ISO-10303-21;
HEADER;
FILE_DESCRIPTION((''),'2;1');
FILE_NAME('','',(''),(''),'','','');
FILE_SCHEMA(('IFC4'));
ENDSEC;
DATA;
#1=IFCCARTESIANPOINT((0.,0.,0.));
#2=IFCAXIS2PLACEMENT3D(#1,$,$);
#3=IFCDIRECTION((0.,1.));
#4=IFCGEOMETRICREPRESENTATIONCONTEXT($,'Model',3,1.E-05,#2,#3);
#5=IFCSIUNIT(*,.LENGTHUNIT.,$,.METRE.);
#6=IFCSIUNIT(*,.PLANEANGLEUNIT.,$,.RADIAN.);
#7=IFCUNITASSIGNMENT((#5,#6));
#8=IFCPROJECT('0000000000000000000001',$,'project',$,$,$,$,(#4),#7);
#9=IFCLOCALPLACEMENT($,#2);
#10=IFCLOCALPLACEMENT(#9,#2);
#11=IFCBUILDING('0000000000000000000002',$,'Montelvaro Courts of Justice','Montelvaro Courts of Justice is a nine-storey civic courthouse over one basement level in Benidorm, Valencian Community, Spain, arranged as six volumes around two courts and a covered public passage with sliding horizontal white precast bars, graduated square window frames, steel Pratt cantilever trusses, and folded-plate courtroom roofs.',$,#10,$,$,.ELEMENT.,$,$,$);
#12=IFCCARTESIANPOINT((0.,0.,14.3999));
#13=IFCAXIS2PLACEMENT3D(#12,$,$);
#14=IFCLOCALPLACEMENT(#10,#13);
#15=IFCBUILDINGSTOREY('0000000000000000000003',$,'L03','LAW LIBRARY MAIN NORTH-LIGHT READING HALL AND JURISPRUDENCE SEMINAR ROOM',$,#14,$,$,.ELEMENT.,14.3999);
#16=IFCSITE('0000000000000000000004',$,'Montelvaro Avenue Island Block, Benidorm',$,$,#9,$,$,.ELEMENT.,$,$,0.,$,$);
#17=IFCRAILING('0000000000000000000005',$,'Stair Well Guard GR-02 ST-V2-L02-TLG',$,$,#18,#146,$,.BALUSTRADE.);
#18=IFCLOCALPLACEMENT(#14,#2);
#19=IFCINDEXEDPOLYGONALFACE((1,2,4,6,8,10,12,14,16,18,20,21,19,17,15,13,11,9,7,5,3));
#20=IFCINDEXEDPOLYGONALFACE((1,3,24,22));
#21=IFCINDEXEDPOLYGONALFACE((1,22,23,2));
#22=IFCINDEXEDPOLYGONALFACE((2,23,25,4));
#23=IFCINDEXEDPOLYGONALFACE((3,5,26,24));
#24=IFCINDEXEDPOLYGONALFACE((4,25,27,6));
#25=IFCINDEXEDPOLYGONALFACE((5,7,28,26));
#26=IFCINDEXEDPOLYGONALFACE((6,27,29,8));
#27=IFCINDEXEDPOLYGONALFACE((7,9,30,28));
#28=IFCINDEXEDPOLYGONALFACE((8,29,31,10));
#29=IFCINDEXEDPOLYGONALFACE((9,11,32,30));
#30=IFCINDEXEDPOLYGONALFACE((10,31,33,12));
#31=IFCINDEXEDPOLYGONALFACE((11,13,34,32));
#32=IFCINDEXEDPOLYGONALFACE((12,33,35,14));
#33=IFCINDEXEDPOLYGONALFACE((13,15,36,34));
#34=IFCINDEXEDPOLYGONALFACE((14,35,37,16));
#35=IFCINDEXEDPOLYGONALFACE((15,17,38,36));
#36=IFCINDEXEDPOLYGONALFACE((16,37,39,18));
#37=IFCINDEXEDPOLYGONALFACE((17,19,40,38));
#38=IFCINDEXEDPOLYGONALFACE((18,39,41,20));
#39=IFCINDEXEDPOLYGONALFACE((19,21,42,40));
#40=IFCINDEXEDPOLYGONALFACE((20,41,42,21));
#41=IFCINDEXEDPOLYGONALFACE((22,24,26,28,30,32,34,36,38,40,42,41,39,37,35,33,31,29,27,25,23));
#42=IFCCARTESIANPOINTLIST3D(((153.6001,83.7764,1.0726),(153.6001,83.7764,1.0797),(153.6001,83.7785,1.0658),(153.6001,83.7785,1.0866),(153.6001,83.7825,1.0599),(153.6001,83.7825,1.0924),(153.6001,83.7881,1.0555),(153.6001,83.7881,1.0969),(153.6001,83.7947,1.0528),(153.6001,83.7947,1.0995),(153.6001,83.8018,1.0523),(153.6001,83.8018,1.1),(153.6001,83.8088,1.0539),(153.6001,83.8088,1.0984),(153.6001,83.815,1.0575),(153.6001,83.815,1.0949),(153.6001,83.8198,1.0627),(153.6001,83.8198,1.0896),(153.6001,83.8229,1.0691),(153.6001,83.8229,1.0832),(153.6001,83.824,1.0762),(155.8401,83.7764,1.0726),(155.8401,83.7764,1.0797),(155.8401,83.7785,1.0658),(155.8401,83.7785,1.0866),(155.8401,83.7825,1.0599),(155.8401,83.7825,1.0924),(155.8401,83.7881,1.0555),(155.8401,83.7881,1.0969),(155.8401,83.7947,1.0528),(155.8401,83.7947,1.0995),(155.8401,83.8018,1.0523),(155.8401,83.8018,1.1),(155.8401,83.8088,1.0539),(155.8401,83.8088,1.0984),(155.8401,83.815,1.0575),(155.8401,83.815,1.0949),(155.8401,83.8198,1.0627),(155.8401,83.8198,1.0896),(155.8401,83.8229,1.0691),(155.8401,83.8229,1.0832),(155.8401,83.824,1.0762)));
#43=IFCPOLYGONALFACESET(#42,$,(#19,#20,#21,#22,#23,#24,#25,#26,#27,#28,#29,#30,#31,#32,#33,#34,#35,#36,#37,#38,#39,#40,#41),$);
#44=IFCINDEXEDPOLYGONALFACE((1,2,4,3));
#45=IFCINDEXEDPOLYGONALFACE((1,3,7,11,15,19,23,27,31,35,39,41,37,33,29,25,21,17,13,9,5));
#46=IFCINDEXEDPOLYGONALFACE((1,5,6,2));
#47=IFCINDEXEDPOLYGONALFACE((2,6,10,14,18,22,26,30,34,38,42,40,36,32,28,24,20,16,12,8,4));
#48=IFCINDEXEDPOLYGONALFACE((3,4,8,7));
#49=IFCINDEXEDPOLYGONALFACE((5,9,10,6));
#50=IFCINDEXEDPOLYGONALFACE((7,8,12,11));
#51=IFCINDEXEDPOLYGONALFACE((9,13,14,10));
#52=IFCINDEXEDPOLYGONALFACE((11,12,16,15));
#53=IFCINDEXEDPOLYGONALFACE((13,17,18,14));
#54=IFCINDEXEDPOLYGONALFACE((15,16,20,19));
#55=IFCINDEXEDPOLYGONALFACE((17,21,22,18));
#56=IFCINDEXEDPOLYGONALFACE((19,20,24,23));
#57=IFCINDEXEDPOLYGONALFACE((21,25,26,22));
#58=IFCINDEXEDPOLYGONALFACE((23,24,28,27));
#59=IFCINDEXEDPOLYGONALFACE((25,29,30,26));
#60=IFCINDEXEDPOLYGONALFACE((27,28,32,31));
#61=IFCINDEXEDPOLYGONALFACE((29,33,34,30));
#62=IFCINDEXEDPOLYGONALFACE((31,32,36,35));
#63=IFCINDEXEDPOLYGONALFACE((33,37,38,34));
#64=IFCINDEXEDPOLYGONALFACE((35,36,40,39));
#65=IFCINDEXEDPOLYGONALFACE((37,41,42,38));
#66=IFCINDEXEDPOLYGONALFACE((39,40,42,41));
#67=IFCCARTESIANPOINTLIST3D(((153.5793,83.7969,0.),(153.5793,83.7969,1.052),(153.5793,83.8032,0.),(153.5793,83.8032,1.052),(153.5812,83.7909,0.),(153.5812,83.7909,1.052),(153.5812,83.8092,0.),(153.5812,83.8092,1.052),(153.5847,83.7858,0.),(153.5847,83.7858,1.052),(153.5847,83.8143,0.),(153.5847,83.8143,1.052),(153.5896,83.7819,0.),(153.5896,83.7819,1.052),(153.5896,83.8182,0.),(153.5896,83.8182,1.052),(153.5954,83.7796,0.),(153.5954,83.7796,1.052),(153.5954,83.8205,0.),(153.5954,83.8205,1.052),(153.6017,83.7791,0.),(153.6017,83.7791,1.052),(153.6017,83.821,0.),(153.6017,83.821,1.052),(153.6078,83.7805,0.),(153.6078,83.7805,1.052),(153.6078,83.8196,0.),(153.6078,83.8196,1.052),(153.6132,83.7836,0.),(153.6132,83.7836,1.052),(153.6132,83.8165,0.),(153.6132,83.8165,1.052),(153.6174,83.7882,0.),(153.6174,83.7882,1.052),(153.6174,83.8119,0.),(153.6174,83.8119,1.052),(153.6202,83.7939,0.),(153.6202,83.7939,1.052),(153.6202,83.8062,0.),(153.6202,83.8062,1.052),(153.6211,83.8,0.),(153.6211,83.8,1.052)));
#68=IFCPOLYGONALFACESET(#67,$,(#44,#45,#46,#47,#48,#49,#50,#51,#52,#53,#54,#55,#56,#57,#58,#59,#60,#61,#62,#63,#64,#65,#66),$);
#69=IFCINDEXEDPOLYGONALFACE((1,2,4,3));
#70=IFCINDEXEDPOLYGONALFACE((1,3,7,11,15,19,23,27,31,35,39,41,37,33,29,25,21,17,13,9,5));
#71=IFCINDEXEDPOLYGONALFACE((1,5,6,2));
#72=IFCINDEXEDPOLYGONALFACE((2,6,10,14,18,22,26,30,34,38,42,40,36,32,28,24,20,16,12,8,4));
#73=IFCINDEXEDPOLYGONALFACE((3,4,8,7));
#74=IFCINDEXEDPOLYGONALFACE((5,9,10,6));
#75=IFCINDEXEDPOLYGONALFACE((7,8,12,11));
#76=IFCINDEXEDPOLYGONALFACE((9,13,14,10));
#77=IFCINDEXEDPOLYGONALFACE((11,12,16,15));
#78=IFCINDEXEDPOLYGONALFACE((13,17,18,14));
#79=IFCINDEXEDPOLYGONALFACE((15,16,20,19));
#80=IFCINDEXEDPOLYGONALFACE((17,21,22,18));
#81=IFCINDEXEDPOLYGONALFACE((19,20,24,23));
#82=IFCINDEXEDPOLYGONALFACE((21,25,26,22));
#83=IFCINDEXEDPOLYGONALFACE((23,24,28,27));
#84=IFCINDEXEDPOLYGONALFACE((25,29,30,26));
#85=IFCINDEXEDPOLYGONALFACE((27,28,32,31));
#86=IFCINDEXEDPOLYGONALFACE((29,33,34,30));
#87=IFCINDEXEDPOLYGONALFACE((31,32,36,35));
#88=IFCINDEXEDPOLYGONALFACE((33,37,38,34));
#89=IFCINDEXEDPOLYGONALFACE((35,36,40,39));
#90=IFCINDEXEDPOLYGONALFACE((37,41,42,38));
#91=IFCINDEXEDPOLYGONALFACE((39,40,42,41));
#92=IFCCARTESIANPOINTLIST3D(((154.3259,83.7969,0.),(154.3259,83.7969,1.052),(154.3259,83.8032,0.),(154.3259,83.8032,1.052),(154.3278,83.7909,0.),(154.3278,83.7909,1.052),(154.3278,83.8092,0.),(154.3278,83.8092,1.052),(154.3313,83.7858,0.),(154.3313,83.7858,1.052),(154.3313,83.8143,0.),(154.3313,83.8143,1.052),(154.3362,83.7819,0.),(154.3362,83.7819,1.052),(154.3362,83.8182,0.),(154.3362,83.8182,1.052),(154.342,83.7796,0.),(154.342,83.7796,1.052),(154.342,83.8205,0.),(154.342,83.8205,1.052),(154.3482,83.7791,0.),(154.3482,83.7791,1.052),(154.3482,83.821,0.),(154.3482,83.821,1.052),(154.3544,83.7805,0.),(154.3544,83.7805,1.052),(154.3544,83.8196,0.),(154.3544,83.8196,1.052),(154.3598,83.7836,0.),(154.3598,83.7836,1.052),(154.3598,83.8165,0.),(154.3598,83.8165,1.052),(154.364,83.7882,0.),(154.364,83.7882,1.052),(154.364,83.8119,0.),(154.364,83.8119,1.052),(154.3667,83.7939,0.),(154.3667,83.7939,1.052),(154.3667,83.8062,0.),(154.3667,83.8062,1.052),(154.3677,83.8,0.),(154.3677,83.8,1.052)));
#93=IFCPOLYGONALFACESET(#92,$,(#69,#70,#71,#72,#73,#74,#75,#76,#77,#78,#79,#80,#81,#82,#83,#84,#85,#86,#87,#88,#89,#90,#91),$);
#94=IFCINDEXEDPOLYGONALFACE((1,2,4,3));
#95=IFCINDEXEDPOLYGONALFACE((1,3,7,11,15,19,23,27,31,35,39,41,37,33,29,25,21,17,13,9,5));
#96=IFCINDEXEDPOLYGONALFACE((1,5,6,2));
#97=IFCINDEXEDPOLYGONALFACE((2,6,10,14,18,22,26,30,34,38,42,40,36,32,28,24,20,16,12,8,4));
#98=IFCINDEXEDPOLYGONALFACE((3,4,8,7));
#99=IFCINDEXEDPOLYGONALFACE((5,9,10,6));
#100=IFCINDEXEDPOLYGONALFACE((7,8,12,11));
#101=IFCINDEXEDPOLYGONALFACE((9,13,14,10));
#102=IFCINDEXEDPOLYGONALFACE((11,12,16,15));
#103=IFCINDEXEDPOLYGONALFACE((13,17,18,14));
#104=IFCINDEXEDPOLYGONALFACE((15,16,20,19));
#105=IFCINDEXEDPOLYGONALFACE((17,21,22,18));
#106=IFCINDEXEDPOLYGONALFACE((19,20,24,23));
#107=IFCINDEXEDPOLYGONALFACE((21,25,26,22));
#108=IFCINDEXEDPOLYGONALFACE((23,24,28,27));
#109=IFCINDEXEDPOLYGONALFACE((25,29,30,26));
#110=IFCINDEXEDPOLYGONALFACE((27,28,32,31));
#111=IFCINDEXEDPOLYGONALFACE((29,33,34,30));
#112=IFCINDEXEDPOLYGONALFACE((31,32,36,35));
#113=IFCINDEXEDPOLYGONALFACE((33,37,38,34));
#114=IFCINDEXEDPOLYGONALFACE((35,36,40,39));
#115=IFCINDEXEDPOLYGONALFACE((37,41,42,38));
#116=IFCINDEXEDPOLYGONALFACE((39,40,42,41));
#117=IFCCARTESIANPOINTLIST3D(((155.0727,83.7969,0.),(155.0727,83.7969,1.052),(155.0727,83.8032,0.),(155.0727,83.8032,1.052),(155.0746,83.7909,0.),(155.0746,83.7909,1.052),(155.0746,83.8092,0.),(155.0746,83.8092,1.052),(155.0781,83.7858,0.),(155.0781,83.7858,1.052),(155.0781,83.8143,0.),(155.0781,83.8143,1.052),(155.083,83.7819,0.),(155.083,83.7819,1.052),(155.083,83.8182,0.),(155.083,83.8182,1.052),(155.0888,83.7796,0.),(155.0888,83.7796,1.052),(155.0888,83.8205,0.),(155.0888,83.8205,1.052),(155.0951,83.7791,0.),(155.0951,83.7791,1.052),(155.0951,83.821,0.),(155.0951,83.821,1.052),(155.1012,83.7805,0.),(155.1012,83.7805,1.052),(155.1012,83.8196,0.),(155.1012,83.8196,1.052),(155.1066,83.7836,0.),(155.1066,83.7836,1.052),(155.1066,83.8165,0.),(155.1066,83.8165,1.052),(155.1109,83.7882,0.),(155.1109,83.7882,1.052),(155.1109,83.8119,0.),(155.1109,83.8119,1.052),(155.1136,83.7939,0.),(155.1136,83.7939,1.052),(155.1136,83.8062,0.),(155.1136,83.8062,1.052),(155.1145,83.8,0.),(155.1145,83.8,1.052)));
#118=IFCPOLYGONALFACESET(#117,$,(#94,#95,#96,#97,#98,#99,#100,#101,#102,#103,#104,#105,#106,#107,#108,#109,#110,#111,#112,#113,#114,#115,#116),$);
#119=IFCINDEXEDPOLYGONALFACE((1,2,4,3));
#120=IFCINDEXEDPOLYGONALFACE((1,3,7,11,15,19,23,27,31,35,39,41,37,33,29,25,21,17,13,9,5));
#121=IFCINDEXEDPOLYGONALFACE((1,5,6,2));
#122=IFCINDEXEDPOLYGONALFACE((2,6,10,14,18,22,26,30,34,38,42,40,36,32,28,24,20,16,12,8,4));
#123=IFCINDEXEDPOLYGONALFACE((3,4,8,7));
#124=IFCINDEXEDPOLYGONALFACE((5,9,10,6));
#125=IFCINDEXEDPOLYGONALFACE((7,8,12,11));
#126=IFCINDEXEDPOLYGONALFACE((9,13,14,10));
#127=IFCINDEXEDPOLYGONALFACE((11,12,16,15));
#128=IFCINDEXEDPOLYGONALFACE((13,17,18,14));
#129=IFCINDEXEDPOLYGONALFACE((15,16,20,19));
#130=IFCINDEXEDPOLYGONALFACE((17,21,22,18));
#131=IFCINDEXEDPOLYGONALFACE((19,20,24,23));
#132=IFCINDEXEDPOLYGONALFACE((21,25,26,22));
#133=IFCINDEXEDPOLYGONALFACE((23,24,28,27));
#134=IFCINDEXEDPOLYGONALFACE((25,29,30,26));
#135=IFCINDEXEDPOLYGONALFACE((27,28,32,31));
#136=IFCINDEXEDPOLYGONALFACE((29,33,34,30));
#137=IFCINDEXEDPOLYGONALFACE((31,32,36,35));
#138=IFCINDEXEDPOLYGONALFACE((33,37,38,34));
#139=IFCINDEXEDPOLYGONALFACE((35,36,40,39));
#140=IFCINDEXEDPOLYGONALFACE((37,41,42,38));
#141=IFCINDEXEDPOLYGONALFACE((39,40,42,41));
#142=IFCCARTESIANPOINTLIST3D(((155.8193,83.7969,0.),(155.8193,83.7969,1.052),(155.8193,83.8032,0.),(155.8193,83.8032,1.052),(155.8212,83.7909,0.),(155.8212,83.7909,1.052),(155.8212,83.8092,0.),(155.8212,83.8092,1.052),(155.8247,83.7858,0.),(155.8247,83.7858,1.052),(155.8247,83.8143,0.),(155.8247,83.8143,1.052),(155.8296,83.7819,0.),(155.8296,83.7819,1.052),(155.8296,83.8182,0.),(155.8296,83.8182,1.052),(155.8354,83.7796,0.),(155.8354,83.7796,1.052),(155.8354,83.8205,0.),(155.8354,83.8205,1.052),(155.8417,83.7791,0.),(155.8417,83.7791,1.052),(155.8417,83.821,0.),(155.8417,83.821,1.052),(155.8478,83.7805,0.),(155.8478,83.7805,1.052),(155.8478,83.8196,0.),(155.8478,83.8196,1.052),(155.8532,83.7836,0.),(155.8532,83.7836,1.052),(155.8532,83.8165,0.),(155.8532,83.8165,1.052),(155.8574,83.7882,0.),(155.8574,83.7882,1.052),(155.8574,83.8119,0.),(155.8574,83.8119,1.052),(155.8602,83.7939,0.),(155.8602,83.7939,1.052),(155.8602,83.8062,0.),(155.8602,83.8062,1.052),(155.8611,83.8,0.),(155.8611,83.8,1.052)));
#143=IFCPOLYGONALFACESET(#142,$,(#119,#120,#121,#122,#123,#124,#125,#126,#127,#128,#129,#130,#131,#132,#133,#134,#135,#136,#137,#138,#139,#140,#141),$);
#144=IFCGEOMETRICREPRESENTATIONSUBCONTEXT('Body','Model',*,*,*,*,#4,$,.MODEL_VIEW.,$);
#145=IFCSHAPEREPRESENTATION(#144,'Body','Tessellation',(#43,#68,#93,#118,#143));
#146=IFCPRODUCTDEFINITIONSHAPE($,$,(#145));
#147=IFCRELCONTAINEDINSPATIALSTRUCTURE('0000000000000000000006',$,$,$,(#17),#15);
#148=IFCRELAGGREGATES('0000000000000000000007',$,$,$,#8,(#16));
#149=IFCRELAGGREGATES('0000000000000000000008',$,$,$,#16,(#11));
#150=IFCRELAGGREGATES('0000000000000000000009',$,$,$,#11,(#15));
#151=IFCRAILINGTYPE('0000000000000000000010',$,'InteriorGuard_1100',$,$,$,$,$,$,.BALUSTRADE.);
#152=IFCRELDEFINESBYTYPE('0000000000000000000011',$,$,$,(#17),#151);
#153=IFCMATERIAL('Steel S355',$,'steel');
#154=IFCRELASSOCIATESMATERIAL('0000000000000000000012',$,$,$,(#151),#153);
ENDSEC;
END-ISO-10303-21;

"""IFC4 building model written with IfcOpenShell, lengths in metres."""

from ifc_helpers import new_model, si_unit, direction, frame, origin, origin_2d, place, context, subcontext, project, spatial, circle, extrude, material, type_object, element, save


model = new_model("IFC4")

# Units and contexts
model_context = context("Model", 3, precision=1e-05, world=origin(), true_north=direction((0.0, 1.0)))
body_context = subcontext(model_context, "Body", "Model", "MODEL_VIEW")
ifc_project = project(units=[si_unit("LENGTHUNIT", "METRE"), si_unit("PLANEANGLEUNIT", "RADIAN")], contexts=[model_context])

# Site, building, storey
site_placement = place(None, origin())
site = spatial("IfcSite", under=ifc_project, at=site_placement, Name="Montelvaro Avenue Island Block, Benidorm", CompositionType="ELEMENT", RefElevation=0.0)
building_placement = place(site_placement, origin())
building = spatial("IfcBuilding", under=site, at=building_placement, Name="Montelvaro Courts of Justice", Description="Montelvaro Courts of Justice is a nine-storey civic courthouse over one basement level in Benidorm, Valencian Community, Spain, arranged as six volumes around two courts and a covered public passage with sliding horizontal white precast bars, graduated square window frames, steel Pratt cantilever trusses, and folded-plate courtroom roofs.", CompositionType="ELEMENT")
storey_placement = place(building_placement, frame((0.0, 0.0, 14.3999)))
storey = spatial("IfcBuildingStorey", under=building, at=storey_placement, Name="L03", Description="LAW LIBRARY MAIN NORTH-LIGHT READING HALL AND JURISPRUDENCE SEMINAR ROOM", CompositionType="ELEMENT", Elevation=14.3999)

# Shared definitions
ifc_material_1 = material(Name="Steel S355", Category="steel")

# Railing
railing_type_1 = type_object("IfcRailingType", Name="InteriorGuard_1100", PredefinedType="BALUSTRADE", material=ifc_material_1)
railing_1_placement = place(storey_placement, frame((153.6001, 83.8, 0.0)))
element("IfcRailing", 1, at=railing_1_placement, inside=storey, type_object=railing_type_1, Name="Stair Well Guard GR-02 ST-V2-L02-TLG", PredefinedType="BALUSTRADE", context=body_context, shape_type="SweptSolid", body=[
    extrude(circle(Radius=0.0239, at=origin_2d()), frame((0.0, 0.0, 1.0762), z_axis=(1.0, 0.0, 0.0), x_axis=(0.0, 1.0, 0.0)), (0.0, 0.0, 1.0), 2.24),
    extrude(circle(Radius=0.021, at=origin_2d()), origin(), (0.0, 0.0, 1.0), 1.052),
    extrude(circle(Radius=0.021, at=origin_2d()), frame((0.7466, 0.0, 0.0)), (0.0, 0.0, 1.0), 1.052),
    extrude(circle(Radius=0.021, at=origin_2d()), frame((1.4934, 0.0, 0.0)), (0.0, 0.0, 1.0), 1.052),
    extrude(circle(Radius=0.021, at=origin_2d()), frame((2.24, 0.0, 0.0)), (0.0, 0.0, 1.0), 1.052),
])

save(model, "model.ifc")
